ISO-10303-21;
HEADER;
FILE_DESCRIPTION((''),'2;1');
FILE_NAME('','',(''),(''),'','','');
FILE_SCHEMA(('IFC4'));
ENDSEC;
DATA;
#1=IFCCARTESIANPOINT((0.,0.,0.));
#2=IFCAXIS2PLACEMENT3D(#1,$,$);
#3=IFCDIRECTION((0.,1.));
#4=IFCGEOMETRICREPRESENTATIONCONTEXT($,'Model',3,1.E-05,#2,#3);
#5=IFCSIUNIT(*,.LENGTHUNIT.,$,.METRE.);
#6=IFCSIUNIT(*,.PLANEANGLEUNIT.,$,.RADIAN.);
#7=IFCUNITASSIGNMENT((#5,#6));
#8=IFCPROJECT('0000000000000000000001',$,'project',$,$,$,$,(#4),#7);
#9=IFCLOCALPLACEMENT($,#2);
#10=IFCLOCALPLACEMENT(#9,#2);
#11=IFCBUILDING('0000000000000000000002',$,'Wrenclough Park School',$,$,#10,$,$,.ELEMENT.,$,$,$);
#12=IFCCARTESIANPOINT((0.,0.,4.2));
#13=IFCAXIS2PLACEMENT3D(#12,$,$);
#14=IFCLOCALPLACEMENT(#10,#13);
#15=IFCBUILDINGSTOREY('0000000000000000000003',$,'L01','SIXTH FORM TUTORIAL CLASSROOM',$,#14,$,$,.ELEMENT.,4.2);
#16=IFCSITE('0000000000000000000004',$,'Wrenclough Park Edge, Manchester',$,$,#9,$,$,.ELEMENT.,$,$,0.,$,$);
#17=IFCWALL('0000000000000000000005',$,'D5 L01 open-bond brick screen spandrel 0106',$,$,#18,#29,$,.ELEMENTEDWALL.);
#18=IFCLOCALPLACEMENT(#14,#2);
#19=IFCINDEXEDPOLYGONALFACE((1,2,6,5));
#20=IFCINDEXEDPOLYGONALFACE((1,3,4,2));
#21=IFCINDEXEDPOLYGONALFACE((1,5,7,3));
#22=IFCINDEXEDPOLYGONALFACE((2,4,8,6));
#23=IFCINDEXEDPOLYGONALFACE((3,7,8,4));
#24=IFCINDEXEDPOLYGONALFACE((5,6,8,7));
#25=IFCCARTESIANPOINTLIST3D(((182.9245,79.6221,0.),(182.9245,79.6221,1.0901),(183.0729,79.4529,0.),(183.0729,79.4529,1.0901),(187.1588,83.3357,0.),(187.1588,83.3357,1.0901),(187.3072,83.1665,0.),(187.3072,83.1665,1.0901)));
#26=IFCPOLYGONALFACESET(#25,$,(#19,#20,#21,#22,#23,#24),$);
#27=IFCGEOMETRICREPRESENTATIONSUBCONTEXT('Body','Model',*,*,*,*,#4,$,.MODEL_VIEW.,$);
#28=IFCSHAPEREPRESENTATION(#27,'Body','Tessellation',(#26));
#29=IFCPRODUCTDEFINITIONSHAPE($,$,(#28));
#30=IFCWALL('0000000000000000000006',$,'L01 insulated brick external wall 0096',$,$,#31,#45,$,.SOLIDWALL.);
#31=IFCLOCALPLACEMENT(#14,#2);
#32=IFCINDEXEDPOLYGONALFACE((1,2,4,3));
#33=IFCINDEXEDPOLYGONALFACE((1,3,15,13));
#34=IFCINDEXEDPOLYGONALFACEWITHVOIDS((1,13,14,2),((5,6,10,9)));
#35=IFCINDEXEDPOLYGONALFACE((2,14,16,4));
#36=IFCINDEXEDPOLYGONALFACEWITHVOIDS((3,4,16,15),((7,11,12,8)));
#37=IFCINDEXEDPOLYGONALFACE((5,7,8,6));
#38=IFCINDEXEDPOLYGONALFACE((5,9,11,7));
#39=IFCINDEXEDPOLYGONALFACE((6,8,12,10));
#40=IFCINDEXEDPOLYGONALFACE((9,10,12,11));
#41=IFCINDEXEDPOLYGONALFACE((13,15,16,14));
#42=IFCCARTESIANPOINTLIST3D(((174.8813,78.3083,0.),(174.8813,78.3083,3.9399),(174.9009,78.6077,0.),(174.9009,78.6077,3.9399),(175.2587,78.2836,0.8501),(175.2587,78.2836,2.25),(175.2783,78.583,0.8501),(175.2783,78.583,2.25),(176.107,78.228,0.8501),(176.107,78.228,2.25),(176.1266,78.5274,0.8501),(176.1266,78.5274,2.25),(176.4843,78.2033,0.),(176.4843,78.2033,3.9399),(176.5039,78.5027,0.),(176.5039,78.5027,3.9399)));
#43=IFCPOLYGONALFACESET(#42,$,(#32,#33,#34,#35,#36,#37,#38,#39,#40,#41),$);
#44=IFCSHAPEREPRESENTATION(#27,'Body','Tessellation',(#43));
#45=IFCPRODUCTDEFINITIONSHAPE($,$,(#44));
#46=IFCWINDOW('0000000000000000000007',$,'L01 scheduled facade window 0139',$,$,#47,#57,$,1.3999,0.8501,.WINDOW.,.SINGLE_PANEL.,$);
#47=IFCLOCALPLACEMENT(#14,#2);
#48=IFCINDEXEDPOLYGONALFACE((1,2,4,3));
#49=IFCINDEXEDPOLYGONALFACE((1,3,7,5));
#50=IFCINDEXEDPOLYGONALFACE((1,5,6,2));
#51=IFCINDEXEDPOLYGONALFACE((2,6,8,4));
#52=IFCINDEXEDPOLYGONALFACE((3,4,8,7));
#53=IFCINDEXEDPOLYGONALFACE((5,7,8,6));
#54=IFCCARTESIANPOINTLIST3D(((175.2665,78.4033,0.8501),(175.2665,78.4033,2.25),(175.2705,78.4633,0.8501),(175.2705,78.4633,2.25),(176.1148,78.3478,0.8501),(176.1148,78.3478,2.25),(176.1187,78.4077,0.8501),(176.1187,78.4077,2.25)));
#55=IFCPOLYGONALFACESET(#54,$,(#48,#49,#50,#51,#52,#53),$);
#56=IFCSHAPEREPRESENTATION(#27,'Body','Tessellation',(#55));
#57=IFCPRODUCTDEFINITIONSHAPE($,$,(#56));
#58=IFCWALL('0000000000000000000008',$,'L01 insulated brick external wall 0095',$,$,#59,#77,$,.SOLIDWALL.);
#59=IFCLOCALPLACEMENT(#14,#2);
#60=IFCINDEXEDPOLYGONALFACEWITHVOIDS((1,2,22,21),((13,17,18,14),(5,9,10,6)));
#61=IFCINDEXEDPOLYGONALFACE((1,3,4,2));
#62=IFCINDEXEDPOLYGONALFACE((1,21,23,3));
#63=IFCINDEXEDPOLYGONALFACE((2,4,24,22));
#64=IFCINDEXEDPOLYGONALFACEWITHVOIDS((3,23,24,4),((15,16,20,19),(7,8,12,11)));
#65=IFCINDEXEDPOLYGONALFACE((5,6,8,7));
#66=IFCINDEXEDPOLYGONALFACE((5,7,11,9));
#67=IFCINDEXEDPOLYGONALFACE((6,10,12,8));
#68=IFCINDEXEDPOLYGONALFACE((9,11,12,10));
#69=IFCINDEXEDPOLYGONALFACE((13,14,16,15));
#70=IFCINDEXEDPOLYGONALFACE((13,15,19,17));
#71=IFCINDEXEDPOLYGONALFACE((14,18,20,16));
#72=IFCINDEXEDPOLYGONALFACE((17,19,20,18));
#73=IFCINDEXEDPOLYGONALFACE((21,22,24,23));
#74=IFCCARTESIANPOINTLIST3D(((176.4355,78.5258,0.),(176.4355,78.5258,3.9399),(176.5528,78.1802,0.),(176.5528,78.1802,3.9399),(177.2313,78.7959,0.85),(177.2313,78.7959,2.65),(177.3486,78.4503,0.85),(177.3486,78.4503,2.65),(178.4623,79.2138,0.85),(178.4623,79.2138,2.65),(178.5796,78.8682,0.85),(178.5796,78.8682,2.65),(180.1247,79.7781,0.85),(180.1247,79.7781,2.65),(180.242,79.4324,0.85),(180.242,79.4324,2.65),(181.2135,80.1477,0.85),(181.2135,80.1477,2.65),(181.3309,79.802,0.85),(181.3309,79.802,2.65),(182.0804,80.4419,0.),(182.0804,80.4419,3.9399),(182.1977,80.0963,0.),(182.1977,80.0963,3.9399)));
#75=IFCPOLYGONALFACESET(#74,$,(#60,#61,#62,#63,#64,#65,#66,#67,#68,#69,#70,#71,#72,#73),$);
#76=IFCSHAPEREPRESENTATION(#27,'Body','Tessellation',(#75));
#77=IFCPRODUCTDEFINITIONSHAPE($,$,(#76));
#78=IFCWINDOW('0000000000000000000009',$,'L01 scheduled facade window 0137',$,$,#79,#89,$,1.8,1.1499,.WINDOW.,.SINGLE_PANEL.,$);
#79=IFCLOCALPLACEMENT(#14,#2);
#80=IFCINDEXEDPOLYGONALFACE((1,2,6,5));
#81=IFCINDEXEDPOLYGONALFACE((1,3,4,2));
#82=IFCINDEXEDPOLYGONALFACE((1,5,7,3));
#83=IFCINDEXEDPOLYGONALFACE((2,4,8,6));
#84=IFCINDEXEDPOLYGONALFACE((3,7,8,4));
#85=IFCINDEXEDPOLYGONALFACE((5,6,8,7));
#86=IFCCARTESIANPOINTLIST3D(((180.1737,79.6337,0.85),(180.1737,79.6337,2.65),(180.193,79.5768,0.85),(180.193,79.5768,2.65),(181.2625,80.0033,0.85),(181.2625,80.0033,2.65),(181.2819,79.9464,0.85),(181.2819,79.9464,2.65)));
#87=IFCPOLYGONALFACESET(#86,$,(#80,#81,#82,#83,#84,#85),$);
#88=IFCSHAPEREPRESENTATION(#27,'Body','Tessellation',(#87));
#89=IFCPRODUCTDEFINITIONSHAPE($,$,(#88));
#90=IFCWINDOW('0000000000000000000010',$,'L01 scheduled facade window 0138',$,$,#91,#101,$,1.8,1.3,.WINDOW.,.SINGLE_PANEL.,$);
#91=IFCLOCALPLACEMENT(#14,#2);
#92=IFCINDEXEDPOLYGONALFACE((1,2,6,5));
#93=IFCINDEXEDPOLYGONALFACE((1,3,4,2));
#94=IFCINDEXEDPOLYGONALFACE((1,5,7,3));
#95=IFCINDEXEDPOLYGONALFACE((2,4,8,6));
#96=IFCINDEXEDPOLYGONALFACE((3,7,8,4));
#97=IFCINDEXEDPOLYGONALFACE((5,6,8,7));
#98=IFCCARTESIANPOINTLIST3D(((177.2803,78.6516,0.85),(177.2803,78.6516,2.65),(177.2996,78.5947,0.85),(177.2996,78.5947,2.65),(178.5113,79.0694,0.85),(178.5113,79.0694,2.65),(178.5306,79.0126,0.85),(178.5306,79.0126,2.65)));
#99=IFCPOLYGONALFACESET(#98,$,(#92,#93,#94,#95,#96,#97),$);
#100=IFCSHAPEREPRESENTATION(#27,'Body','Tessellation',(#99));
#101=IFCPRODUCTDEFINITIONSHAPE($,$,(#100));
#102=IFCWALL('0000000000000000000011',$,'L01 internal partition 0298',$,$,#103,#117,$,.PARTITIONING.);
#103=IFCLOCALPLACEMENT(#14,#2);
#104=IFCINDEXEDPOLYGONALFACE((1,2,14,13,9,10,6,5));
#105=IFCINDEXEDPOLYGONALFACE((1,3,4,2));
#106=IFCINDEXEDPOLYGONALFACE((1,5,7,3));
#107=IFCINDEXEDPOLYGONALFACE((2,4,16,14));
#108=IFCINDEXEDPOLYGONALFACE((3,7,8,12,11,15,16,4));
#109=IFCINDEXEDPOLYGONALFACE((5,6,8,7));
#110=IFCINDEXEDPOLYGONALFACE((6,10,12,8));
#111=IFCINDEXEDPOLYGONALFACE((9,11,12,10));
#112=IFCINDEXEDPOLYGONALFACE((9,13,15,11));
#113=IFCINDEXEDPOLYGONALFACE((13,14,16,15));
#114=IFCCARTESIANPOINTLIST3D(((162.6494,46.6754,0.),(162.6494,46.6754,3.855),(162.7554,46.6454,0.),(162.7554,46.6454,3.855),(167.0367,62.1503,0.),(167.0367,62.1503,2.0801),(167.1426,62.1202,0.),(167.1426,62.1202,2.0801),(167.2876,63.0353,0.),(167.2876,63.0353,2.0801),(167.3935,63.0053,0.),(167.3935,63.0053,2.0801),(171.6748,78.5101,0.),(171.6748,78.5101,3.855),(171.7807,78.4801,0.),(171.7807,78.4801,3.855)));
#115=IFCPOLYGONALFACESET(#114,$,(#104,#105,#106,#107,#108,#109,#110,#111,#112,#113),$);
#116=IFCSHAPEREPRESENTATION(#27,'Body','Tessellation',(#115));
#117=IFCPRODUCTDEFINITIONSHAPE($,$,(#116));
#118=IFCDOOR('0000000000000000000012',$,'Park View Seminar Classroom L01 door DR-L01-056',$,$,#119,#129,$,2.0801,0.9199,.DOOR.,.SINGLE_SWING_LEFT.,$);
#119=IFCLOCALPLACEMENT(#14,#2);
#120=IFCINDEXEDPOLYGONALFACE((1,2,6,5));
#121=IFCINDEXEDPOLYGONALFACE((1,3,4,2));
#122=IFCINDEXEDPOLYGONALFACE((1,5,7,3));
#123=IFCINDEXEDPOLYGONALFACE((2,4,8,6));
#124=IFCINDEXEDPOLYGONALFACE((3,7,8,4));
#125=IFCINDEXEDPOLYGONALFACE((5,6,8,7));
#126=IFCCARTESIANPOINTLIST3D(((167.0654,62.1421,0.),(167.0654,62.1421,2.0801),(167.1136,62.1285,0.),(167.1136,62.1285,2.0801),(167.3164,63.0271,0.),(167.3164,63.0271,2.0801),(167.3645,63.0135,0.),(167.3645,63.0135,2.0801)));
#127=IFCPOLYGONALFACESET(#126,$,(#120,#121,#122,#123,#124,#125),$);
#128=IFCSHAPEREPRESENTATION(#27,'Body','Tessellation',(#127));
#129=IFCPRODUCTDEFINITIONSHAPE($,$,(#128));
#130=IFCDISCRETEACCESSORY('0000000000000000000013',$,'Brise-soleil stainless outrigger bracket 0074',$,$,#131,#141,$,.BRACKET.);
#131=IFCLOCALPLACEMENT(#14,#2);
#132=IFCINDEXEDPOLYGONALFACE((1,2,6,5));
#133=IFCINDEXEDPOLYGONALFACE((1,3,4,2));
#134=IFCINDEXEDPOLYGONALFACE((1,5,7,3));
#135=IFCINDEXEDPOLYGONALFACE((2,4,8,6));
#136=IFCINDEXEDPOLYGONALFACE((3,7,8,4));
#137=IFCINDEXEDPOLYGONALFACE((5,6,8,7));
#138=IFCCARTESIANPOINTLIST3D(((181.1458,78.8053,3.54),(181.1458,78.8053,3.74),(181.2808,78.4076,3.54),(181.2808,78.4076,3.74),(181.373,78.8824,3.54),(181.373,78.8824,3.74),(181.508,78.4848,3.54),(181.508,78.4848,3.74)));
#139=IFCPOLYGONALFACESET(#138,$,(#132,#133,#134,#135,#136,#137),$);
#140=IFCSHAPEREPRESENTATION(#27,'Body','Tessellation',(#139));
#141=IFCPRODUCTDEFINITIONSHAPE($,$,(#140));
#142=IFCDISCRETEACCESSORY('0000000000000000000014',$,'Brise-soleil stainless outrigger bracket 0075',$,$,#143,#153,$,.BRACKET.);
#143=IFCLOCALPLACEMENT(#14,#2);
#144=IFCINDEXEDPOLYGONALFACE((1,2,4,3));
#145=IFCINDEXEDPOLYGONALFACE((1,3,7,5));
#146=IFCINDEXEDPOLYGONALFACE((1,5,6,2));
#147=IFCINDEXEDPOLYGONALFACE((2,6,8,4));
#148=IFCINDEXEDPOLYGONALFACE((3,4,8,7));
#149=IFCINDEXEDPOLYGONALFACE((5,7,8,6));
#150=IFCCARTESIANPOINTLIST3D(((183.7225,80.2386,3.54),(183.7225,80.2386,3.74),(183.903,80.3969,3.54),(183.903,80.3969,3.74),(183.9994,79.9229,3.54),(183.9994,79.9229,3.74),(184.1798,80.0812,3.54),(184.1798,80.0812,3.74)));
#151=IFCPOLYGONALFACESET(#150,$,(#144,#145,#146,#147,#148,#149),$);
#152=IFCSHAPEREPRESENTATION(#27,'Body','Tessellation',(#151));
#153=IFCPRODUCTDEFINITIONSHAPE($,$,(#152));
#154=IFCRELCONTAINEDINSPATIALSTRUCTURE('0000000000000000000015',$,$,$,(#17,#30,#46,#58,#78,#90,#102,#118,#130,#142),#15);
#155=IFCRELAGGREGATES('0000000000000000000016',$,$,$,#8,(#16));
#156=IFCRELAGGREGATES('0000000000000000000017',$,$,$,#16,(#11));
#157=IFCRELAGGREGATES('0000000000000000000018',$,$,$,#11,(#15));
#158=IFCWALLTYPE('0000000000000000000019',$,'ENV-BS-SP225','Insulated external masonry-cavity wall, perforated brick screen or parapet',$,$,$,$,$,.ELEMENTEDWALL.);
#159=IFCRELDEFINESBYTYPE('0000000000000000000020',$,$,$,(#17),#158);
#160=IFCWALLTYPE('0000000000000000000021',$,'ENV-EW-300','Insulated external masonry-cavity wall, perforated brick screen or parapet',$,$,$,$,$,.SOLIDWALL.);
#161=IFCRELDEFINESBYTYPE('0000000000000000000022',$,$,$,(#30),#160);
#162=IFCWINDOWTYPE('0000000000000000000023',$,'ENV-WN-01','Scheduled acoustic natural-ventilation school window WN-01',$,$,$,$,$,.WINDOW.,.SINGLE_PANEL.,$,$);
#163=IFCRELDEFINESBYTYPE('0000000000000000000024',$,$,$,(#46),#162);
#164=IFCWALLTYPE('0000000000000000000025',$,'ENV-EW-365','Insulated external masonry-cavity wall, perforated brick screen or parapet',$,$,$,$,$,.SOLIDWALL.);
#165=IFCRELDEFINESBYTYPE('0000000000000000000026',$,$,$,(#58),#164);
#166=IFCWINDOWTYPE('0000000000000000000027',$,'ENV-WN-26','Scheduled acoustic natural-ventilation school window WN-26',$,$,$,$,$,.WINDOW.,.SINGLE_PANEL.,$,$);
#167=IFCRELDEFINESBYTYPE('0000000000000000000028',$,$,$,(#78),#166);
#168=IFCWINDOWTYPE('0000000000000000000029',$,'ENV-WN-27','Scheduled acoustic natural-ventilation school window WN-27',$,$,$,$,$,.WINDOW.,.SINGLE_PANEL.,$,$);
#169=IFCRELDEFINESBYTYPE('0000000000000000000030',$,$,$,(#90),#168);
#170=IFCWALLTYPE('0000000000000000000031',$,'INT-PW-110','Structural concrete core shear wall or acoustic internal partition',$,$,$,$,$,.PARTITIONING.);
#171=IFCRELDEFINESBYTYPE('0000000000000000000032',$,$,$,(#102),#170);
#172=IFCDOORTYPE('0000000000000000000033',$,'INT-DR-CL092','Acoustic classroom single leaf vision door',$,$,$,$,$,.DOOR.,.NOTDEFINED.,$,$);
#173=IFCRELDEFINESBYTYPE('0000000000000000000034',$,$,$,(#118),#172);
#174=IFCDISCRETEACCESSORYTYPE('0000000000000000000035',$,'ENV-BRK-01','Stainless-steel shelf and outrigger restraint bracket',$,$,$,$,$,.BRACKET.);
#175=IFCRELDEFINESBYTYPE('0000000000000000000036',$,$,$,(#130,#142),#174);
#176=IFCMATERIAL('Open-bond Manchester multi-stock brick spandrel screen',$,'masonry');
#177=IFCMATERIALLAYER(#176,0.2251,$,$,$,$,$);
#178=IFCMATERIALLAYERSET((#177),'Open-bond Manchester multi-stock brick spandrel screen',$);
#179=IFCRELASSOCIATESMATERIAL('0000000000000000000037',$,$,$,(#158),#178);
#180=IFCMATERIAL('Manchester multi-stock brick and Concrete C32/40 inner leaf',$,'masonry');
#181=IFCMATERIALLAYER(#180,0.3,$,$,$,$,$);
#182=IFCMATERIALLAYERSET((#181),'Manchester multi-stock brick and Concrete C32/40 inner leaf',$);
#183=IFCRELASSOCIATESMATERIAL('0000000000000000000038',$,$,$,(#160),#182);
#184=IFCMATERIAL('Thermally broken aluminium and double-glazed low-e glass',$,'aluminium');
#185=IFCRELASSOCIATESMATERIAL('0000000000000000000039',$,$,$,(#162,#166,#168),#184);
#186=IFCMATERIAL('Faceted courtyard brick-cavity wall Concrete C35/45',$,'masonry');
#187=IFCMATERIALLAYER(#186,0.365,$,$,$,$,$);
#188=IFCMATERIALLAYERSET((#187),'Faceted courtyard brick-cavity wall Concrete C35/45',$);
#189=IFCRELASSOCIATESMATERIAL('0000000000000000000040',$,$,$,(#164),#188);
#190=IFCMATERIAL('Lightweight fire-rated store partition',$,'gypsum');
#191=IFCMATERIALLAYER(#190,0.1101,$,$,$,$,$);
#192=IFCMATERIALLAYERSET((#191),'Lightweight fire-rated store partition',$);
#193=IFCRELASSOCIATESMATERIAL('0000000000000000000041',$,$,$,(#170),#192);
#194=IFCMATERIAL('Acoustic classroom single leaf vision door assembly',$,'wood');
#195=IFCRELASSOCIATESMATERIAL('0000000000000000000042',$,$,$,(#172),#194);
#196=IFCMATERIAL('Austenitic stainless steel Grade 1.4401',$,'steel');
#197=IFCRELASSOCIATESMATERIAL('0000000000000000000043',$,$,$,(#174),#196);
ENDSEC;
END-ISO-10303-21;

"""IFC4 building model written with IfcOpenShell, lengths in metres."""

from ifc_helpers import new_model, si_unit, direction, frame, frame_2d, origin, origin_2d, place, context, subcontext, project, spatial, rectangle, extrude, material, layer, layer_set, type_object, element, fill, save


model = new_model("IFC4")

# Units and contexts
model_context = context("Model", 3, precision=1e-05, world=origin(), true_north=direction((0.0, 1.0)))
body_context = subcontext(model_context, "Body", "Model", "MODEL_VIEW")
ifc_project = project(units=[si_unit("LENGTHUNIT", "METRE"), si_unit("PLANEANGLEUNIT", "RADIAN")], contexts=[model_context])

# Site, building, storey
site_placement = place(None, origin())
site = spatial("IfcSite", under=ifc_project, at=site_placement, Name="Wrenclough Park Edge, Manchester", CompositionType="ELEMENT", RefElevation=0.0)
building_placement = place(site_placement, origin())
building = spatial("IfcBuilding", under=site, at=building_placement, Name="Wrenclough Park School", CompositionType="ELEMENT")
storey_placement = place(building_placement, frame((0.0, 0.0, 4.2)))
storey = spatial("IfcBuildingStorey", under=building, at=storey_placement, Name="L01", Description="SIXTH FORM TUTORIAL CLASSROOM", CompositionType="ELEMENT", Elevation=4.2)

# Wall
ifc_material_1 = material(Name="Open-bond Manchester multi-stock brick spandrel screen", Category="masonry")
ifc_layer_1 = layer(ifc_material_1, 0.2251)
ifc_layer_set_1 = layer_set([ifc_layer_1], Name="Open-bond Manchester multi-stock brick spandrel screen")
wall_type_1 = type_object("IfcWallType", Name="ENV-BS-SP225", Description="Insulated external masonry-cavity wall, perforated brick screen or parapet", PredefinedType="ELEMENTEDWALL", material=ifc_layer_set_1)
wall_1_placement = place(storey_placement, frame((182.9988, 79.5376, 0.0), z_axis=(0.0, 0.0, 1.0), x_axis=(0.751824, 0.659363, 0.0)))
element("IfcWall", 1, at=wall_1_placement, inside=storey, type_object=wall_type_1, Name="D5 L01 open-bond brick screen spandrel 0106", PredefinedType="ELEMENTEDWALL", context=body_context, shape_type="SweptSolid", body=[
    extrude(rectangle(XDim=5.6321, YDim=0.2251, at=frame_2d((2.8159, 0.0))), origin(), (0.0, 0.0, 1.0), 1.0901),
])

# Wall, opening, window
ifc_material_2 = material(Name="Manchester multi-stock brick and Concrete C32/40 inner leaf", Category="masonry")
ifc_layer_2 = layer(ifc_material_2, 0.3)
ifc_layer_set_2 = layer_set([ifc_layer_2], Name="Manchester multi-stock brick and Concrete C32/40 inner leaf")
wall_type_2 = type_object("IfcWallType", Name="ENV-EW-300", Description="Insulated external masonry-cavity wall, perforated brick screen or parapet", PredefinedType="SOLIDWALL", material=ifc_layer_set_2)
wall_2_placement = place(storey_placement, frame((176.4941, 78.353, 0.0), z_axis=(0.0, 0.0, 1.0), x_axis=(-0.997862, 0.065349, 0.0)))
wall_2 = element("IfcWall", 2, at=wall_2_placement, inside=storey, type_object=wall_type_2, Name="L01 insulated brick external wall 0096", PredefinedType="SOLIDWALL", context=body_context, shape_type="SweptSolid", body=[
    extrude(rectangle(XDim=1.6064, YDim=0.3, at=frame_2d((0.8032, 0.0))), origin(), (0.0, 0.0, 1.0), 3.9399),
])
opening_1_placement = place(wall_2_placement, frame((0.3782, 0.0, 0.8501)))
opening_1 = element("IfcOpeningElement", 3, at=opening_1_placement, cuts=wall_2, PredefinedType="OPENING", context=body_context, shape_type="SweptSolid", body=[
    extrude(rectangle(XDim=0.8501, YDim=1.3999, at=frame_2d((0.425, 0.7))), frame((0.0, 0.1599, 0.0), z_axis=(0.0, -1.0, 0.0), x_axis=(1.0, 0.0, 0.0)), (0.0, 0.0, 1.0), 0.3201),
])
ifc_material_3 = material(Name="Thermally broken aluminium and double-glazed low-e glass", Category="aluminium")
window_type_1 = type_object("IfcWindowType", Name="ENV-WN-01", Description="Scheduled acoustic natural-ventilation school window WN-01", PartitioningType="SINGLE_PANEL", PredefinedType="WINDOW", material=ifc_material_3)
window_1_placement = place(opening_1_placement, origin())
window_1 = element("IfcWindow", 4, at=window_1_placement, inside=storey, type_object=window_type_1, Name="L01 scheduled facade window 0139", OverallHeight=1.3999, OverallWidth=0.8501, PartitioningType="SINGLE_PANEL", PredefinedType="WINDOW", context=body_context, shape_type="SweptSolid", body=[
    extrude(rectangle(XDim=0.8501, YDim=1.3999, at=frame_2d((0.425, 0.7))), frame((0.0, 0.03, 0.0), z_axis=(0.0, -1.0, 0.0), x_axis=(1.0, 0.0, 0.0)), (0.0, 0.0, 1.0), 0.0601),
])
fill(opening_1, window_1)

# Wall, openings, windows
ifc_material_4 = material(Name="Faceted courtyard brick-cavity wall Concrete C35/45", Category="masonry")
ifc_layer_3 = layer(ifc_material_4, 0.365)
ifc_layer_set_3 = layer_set([ifc_layer_3], Name="Faceted courtyard brick-cavity wall Concrete C35/45")
wall_type_3 = type_object("IfcWallType", Name="ENV-EW-365", Description="Insulated external masonry-cavity wall, perforated brick screen or parapet", PredefinedType="SOLIDWALL", material=ifc_layer_set_3)
wall_3_placement = place(storey_placement, frame((182.1389, 80.269, 0.0), z_axis=(0.0, 0.0, 1.0), x_axis=(-0.946937, -0.32142, 0.0)))
wall_3 = element("IfcWall", 5, at=wall_3_placement, inside=storey, type_object=wall_type_3, Name="L01 insulated brick external wall 0095", PredefinedType="SOLIDWALL", context=body_context, shape_type="SweptSolid", body=[
    extrude(rectangle(XDim=5.9612, YDim=0.365, at=frame_2d((2.9805, 0.0))), origin(), (0.0, 0.0, 1.0), 3.9399),
])
opening_2_placement = place(wall_3_placement, frame((0.9153, 0.0, 0.8501)))
opening_2 = element("IfcOpeningElement", 6, at=opening_2_placement, cuts=wall_3, PredefinedType="OPENING", context=body_context, shape_type="SweptSolid", body=[
    extrude(rectangle(XDim=1.1499, YDim=1.8, at=frame_2d((0.575, 0.8999))), frame((0.0, 0.1924, 0.0), z_axis=(0.0, -1.0, 0.0), x_axis=(1.0, 0.0, 0.0)), (0.0, 0.0, 1.0), 0.385),
])
opening_3_placement = place(wall_3_placement, frame((3.8208, 0.0, 0.8501)))
opening_3 = element("IfcOpeningElement", 7, at=opening_3_placement, cuts=wall_3, PredefinedType="OPENING", context=body_context, shape_type="SweptSolid", body=[
    extrude(rectangle(XDim=1.3, YDim=1.8, at=frame_2d((0.6499, 0.8999))), frame((0.0, 0.1924, 0.0), z_axis=(0.0, -1.0, 0.0), x_axis=(1.0, 0.0, 0.0)), (0.0, 0.0, 1.0), 0.385),
])
window_type_2 = type_object("IfcWindowType", Name="ENV-WN-26", Description="Scheduled acoustic natural-ventilation school window WN-26", PartitioningType="SINGLE_PANEL", PredefinedType="WINDOW", material=ifc_material_3)
window_2_placement = place(opening_2_placement, origin())
window_2 = element("IfcWindow", 8, at=window_2_placement, inside=storey, type_object=window_type_2, Name="L01 scheduled facade window 0137", OverallHeight=1.8, OverallWidth=1.1499, PartitioningType="SINGLE_PANEL", PredefinedType="WINDOW", context=body_context, shape_type="SweptSolid", body=[
    extrude(rectangle(XDim=1.1499, YDim=1.8, at=frame_2d((0.575, 0.8999))), frame((0.0, 0.03, 0.0), z_axis=(0.0, -1.0, 0.0), x_axis=(1.0, 0.0, 0.0)), (0.0, 0.0, 1.0), 0.0601),
])
fill(opening_2, window_2)
window_type_3 = type_object("IfcWindowType", Name="ENV-WN-27", Description="Scheduled acoustic natural-ventilation school window WN-27", PartitioningType="SINGLE_PANEL", PredefinedType="WINDOW", material=ifc_material_3)
window_3_placement = place(opening_3_placement, origin())
window_3 = element("IfcWindow", 9, at=window_3_placement, inside=storey, type_object=window_type_3, Name="L01 scheduled facade window 0138", OverallHeight=1.8, OverallWidth=1.3, PartitioningType="SINGLE_PANEL", PredefinedType="WINDOW", context=body_context, shape_type="SweptSolid", body=[
    extrude(rectangle(XDim=1.3, YDim=1.8, at=frame_2d((0.6499, 0.8999))), frame((0.0, 0.03, 0.0), z_axis=(0.0, -1.0, 0.0), x_axis=(1.0, 0.0, 0.0)), (0.0, 0.0, 1.0), 0.0601),
])
fill(opening_3, window_3)

# Wall, opening, door
ifc_material_5 = material(Name="Lightweight fire-rated store partition", Category="gypsum")
ifc_layer_4 = layer(ifc_material_5, 0.1101)
ifc_layer_set_4 = layer_set([ifc_layer_4], Name="Lightweight fire-rated store partition")
wall_type_4 = type_object("IfcWallType", Name="INT-PW-110", Description="Structural concrete core shear wall or acoustic internal partition", PredefinedType="PARTITIONING", material=ifc_layer_set_4)
wall_4_placement = place(storey_placement, frame((171.7278, 78.4951, 0.0), z_axis=(0.0, 0.0, 1.0), x_axis=(-0.272758, -0.962083, 0.0)))
wall_4 = element("IfcWall", 10, at=wall_4_placement, inside=storey, type_object=wall_type_4, Name="L01 internal partition 0298", PredefinedType="PARTITIONING", context=body_context, shape_type="SweptSolid", body=[
    extrude(rectangle(XDim=33.0894, YDim=0.1101, at=frame_2d((16.5447, 0.0))), origin(), (0.0, 0.0, 1.0), 3.855),
])
opening_4_placement = place(wall_4_placement, frame((16.0847, 0.0, 0.0)))
opening_4 = element("IfcOpeningElement", 11, at=opening_4_placement, cuts=wall_4, PredefinedType="OPENING", context=body_context, shape_type="SweptSolid", body=[
    extrude(rectangle(XDim=0.9199, YDim=2.0801, at=frame_2d((0.46, 1.04))), frame((0.0, 0.0649, 0.0), z_axis=(0.0, -1.0, 0.0), x_axis=(1.0, 0.0, 0.0)), (0.0, 0.0, 1.0), 0.1301),
])
ifc_material_6 = material(Name="Acoustic classroom single leaf vision door assembly", Category="wood")
door_type = type_object("IfcDoorType", Name="INT-DR-CL092", Description="Acoustic classroom single leaf vision door", OperationType="NOTDEFINED", PredefinedType="DOOR", material=ifc_material_6)
door_placement = place(opening_4_placement, origin())
door = element("IfcDoor", 12, at=door_placement, inside=storey, type_object=door_type, Name="Park View Seminar Classroom L01 door DR-L01-056", OperationType="SINGLE_SWING_LEFT", OverallHeight=2.0801, OverallWidth=0.9199, PredefinedType="DOOR", context=body_context, shape_type="SweptSolid", body=[
    extrude(rectangle(XDim=0.9199, YDim=2.0801, at=frame_2d((0.46, 1.04))), frame((0.0, 0.0249, 0.0), z_axis=(0.0, -1.0, 0.0), x_axis=(1.0, 0.0, 0.0)), (0.0, 0.0, 1.0), 0.05),
])
fill(opening_4, door)

# Discrete accessories
ifc_material_7 = material(Name="Austenitic stainless steel Grade 1.4401", Category="steel")
discrete_accessory_type = type_object("IfcDiscreteAccessoryType", Name="ENV-BRK-01", Description="Stainless-steel shelf and outrigger restraint bracket", PredefinedType="BRACKET", material=ifc_material_7)
for number, where, z_axis, x_axis, name in (
    (13, (181.3269, 78.645, 3.54), (0.0, 0.0, 1.0), (0.946934, 0.321427, 0.0), "Brise-soleil stainless outrigger bracket 0074"),
    (14, (183.9512, 80.1599, 3.54), (0.0, 0.0, 1.0), (0.751837, 0.659349, 0.0), "Brise-soleil stainless outrigger bracket 0075"),
):
    element("IfcDiscreteAccessory", number, at=place(storey_placement, frame(where, z_axis=z_axis, x_axis=x_axis)), inside=storey, type_object=discrete_accessory_type, Name=name, PredefinedType="BRACKET", context=body_context, shape_type="SweptSolid", body=[
        extrude(rectangle(XDim=0.24, YDim=0.4199, at=origin_2d()), origin(), (0.0, 0.0, 1.0), 0.2),
    ])

save(model, "model.ifc")
